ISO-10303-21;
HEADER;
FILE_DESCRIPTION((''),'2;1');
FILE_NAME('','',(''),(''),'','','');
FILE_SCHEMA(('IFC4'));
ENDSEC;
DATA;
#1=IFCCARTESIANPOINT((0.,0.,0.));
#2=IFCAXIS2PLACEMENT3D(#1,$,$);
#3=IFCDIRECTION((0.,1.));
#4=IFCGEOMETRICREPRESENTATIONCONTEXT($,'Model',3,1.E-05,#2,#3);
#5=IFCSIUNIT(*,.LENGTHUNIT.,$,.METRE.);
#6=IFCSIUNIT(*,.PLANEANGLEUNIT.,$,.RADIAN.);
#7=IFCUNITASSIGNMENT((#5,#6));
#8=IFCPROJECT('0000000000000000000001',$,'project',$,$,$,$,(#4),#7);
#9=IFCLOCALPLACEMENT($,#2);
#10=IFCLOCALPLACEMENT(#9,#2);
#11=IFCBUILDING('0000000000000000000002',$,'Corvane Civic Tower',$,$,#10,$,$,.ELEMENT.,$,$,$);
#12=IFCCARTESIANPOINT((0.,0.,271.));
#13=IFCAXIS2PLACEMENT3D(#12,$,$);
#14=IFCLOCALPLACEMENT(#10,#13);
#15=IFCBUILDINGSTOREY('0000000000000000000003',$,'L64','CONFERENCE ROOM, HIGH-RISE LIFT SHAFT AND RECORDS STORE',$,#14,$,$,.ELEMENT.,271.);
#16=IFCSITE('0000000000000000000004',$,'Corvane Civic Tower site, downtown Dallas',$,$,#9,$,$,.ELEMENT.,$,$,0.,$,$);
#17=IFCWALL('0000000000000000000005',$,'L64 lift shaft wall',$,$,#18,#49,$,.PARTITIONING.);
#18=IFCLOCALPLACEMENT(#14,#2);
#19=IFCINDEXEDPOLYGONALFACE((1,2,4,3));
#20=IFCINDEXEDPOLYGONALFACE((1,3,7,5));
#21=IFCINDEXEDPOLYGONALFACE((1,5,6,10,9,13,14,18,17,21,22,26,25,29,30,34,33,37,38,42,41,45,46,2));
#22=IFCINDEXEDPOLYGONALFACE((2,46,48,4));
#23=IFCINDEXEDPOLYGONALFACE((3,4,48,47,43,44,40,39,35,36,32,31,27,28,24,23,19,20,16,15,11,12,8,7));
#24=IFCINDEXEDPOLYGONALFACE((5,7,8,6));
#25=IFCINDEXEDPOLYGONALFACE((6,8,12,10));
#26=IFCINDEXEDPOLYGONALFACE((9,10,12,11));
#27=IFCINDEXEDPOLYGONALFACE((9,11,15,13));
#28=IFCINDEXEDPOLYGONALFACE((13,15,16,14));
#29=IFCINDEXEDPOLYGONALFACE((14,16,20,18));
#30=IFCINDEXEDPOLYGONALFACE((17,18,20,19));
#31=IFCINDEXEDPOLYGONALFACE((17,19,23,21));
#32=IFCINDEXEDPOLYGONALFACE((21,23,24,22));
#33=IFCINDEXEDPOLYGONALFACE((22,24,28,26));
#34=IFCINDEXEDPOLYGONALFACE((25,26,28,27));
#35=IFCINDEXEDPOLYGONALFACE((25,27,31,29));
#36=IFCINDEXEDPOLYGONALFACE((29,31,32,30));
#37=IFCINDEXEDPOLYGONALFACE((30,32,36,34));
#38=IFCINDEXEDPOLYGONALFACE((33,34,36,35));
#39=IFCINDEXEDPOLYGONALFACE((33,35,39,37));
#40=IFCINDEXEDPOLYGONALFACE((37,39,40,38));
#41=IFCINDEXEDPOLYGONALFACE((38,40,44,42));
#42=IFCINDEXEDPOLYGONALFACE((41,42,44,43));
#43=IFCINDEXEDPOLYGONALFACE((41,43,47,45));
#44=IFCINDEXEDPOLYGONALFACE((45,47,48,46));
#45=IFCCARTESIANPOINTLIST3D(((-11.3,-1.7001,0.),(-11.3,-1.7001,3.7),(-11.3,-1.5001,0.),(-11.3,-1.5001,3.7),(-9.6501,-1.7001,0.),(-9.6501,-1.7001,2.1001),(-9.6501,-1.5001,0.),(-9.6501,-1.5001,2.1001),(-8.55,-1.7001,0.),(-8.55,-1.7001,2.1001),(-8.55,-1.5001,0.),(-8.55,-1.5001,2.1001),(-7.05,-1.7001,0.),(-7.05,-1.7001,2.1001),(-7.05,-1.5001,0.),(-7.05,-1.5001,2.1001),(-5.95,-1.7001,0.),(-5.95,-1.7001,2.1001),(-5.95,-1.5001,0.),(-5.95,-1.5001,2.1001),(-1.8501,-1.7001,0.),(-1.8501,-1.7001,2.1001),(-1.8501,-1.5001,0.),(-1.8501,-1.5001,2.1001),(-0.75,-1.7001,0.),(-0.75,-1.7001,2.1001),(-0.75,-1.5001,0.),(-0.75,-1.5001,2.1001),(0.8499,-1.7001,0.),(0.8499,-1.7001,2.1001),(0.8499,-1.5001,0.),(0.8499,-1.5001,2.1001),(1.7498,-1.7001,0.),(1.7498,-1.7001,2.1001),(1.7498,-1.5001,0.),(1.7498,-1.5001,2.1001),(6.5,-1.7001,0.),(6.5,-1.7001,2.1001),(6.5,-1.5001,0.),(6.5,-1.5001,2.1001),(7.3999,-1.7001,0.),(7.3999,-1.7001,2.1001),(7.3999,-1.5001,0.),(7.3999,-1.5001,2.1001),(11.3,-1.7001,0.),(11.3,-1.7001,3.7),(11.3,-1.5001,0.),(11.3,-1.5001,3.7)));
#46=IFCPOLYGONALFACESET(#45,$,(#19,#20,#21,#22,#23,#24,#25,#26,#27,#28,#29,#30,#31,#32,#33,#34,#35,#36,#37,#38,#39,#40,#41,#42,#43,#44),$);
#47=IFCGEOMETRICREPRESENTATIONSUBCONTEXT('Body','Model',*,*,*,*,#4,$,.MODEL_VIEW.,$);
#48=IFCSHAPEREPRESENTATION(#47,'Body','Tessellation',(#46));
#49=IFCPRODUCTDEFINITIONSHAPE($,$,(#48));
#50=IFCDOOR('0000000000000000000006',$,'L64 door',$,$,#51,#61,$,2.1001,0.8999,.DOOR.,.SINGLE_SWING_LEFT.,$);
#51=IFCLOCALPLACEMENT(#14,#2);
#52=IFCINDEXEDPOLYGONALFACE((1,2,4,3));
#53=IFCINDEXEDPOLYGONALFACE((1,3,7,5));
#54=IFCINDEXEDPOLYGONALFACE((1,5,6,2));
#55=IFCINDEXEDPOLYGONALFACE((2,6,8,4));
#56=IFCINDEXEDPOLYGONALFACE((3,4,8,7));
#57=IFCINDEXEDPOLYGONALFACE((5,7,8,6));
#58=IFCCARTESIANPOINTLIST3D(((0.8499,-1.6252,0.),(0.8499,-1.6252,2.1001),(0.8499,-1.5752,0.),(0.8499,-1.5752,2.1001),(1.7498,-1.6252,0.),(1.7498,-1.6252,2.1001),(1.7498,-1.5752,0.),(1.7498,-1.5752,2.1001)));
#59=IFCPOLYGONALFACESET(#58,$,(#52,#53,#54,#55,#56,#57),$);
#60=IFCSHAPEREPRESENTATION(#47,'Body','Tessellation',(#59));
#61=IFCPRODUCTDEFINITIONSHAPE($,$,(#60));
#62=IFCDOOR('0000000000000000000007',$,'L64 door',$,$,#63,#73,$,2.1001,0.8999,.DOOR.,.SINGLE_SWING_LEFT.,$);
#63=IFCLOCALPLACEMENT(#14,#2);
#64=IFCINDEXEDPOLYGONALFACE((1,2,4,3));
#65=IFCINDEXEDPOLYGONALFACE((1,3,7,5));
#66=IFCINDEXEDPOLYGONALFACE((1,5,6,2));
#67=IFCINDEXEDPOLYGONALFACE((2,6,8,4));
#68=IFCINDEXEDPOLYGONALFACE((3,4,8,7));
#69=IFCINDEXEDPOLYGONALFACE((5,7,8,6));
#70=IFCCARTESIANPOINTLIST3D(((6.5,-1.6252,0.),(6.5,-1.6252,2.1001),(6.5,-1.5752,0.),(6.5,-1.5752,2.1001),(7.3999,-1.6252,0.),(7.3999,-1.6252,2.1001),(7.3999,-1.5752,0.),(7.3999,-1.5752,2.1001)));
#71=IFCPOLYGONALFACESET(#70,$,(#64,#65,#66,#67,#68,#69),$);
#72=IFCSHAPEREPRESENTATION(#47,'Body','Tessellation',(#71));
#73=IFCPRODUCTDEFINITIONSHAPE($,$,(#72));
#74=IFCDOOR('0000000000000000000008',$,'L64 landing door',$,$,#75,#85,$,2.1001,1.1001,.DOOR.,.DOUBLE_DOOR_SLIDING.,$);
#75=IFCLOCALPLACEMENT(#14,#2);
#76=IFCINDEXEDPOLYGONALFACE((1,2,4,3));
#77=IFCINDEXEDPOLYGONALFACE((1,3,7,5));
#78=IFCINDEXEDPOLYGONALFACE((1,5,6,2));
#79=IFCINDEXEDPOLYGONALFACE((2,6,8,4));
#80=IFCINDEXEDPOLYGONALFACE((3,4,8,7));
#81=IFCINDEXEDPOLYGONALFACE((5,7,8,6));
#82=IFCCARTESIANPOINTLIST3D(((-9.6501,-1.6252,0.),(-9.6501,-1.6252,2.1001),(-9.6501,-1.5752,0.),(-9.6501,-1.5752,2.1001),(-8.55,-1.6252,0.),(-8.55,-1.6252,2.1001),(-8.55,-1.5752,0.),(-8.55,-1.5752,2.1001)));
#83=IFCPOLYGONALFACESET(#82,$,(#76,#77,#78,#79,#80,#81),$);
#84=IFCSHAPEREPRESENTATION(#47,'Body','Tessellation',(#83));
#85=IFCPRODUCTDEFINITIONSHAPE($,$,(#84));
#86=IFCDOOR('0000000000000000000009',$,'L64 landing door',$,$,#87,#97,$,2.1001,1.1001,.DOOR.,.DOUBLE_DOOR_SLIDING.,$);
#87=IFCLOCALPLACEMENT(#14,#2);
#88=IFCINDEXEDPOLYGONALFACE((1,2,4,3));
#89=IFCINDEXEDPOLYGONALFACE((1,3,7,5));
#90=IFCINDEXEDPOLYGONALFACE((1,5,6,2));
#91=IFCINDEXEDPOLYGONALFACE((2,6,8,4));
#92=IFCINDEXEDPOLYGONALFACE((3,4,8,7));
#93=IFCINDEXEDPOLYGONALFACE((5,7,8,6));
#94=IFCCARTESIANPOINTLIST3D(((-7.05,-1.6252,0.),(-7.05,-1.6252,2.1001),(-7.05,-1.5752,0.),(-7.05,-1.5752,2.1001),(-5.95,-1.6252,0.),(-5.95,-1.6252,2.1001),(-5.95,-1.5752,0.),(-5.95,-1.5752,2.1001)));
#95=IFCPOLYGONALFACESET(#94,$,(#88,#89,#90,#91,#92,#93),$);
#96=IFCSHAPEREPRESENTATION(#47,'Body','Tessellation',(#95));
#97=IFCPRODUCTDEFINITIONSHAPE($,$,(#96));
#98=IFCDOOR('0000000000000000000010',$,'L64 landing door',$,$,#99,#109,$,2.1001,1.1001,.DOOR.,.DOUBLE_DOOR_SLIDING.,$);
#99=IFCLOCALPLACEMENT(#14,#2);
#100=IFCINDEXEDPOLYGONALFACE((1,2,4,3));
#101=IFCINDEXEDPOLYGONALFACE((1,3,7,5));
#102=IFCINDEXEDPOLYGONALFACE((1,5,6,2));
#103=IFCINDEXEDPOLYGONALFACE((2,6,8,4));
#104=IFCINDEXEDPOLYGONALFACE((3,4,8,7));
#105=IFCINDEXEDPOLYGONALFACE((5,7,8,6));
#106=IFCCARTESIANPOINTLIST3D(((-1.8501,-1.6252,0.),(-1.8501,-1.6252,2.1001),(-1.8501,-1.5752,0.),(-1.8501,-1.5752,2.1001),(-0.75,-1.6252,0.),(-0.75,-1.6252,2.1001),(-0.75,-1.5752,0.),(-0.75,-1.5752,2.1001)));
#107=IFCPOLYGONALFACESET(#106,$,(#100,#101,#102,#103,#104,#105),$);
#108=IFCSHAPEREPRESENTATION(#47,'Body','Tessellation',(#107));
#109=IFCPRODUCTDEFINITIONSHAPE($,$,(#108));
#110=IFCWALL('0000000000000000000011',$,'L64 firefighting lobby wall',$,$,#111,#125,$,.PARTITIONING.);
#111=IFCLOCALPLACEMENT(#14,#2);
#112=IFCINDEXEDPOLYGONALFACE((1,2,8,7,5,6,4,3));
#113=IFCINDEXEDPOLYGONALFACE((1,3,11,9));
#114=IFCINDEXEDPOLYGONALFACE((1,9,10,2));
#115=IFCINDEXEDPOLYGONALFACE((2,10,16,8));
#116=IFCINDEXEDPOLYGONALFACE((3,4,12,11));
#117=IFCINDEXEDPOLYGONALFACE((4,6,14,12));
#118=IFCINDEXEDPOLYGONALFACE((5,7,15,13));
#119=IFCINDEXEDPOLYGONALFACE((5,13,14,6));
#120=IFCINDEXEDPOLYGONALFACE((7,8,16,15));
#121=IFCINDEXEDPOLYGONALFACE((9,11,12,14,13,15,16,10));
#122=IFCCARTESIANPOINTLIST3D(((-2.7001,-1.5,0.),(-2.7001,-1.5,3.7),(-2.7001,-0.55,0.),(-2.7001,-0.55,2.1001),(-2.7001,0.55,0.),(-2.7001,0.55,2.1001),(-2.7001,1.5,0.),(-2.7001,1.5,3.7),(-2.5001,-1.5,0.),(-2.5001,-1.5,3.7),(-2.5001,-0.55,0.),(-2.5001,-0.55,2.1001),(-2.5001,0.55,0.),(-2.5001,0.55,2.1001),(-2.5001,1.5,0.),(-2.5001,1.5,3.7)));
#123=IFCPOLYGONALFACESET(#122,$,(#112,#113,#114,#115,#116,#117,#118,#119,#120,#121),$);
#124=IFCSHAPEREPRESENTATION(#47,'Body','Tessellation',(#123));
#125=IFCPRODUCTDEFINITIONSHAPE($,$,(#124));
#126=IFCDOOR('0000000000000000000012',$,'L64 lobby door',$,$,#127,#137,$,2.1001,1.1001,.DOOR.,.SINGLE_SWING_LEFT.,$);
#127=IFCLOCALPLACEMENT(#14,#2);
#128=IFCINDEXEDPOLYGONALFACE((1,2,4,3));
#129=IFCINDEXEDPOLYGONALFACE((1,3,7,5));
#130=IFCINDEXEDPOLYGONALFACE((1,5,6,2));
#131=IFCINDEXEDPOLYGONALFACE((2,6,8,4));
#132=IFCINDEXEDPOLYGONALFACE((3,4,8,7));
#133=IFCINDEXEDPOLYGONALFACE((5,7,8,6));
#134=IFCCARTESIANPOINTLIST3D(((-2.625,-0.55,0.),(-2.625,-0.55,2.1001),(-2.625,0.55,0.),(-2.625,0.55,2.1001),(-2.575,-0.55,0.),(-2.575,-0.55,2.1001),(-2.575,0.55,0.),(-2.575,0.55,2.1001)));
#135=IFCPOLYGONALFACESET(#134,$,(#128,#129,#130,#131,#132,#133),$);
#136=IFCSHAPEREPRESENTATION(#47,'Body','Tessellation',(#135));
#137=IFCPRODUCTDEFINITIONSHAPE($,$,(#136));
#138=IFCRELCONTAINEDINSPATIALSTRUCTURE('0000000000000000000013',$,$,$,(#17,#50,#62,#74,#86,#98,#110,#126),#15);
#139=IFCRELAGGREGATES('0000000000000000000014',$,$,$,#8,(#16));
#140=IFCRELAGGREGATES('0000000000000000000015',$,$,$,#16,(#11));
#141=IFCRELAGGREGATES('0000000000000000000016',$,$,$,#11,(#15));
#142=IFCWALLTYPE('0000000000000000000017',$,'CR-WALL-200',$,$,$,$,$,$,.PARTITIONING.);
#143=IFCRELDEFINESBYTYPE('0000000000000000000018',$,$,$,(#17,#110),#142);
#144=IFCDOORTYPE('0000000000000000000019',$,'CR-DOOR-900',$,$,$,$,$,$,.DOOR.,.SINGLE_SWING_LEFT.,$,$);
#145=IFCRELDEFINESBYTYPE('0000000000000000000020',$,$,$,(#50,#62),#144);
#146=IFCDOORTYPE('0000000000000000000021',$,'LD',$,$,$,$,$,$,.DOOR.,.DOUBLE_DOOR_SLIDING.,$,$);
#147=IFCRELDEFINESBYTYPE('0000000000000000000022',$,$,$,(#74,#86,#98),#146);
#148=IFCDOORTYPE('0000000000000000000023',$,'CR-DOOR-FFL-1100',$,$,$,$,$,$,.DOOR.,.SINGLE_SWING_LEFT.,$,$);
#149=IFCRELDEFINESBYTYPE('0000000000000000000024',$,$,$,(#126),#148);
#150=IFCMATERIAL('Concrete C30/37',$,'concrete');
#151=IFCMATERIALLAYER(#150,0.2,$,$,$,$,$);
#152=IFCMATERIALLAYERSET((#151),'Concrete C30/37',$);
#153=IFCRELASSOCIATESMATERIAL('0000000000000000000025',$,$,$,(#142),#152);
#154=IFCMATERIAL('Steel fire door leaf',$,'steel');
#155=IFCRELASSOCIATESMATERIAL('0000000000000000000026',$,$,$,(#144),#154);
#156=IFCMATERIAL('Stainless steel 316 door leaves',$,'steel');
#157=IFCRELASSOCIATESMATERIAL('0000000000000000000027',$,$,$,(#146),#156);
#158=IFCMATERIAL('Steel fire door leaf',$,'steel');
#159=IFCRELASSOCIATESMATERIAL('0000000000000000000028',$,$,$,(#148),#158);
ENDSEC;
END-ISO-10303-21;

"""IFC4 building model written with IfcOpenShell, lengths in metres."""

from ifc_helpers import new_model, si_unit, direction, frame, frame_2d, origin, place, context, subcontext, project, spatial, rectangle, extrude, material, layer, layer_set, type_object, element, fill, save


model = new_model("IFC4")

# Units and contexts
model_context = context("Model", 3, precision=1e-05, world=origin(), true_north=direction((0.0, 1.0)))
body_context = subcontext(model_context, "Body", "Model", "MODEL_VIEW")
ifc_project = project(units=[si_unit("LENGTHUNIT", "METRE"), si_unit("PLANEANGLEUNIT", "RADIAN")], contexts=[model_context])

# Site, building, storey
site_placement = place(None, origin())
site = spatial("IfcSite", under=ifc_project, at=site_placement, Name="Corvane Civic Tower site, downtown Dallas", CompositionType="ELEMENT", RefElevation=0.0)
building_placement = place(site_placement, origin())
building = spatial("IfcBuilding", under=site, at=building_placement, Name="Corvane Civic Tower", CompositionType="ELEMENT")
storey_placement = place(building_placement, frame((0.0, 0.0, 271.0)))
storey = spatial("IfcBuildingStorey", under=building, at=storey_placement, Name="L64", Description="CONFERENCE ROOM, HIGH-RISE LIFT SHAFT AND RECORDS STORE", CompositionType="ELEMENT", Elevation=271.0)

# Wall, openings, doors
ifc_material_1 = material(Name="Concrete C30/37", Category="concrete")
ifc_layer_1 = layer(ifc_material_1, 0.2)
ifc_layer_set_1 = layer_set([ifc_layer_1], Name="Concrete C30/37")
wall_type_1 = type_object("IfcWallType", Name="CR-WALL-200", PredefinedType="PARTITIONING", material=ifc_layer_set_1)
ifc_material_2 = material(Name="Steel fire door leaf", Category="steel")
door_type_1 = type_object("IfcDoorType", Name="CR-DOOR-900", OperationType="SINGLE_SWING_LEFT", PredefinedType="DOOR", material=ifc_material_2)
wall_1_placement = place(storey_placement, frame((-11.3, -1.6001, 0.0), z_axis=(0.0, 0.0, 1.0), x_axis=(1.0, 0.0, 0.0)))
wall_1 = element("IfcWall", 1, at=wall_1_placement, inside=storey, type_object=wall_type_1, Name="L64 lift shaft wall", PredefinedType="PARTITIONING", context=body_context, shape_type="SweptSolid", body=[
    extrude(rectangle(XDim=22.6001, YDim=0.2, at=frame_2d((11.3, 0.0))), origin(), (0.0, 0.0, 1.0), 3.7),
])
opening_1_placement = place(wall_1_placement, frame((1.6499, 0.0, 0.0)))
opening_1 = element("IfcOpeningElement", 2, at=opening_1_placement, cuts=wall_1, PredefinedType="OPENING", context=body_context, shape_type="SweptSolid", body=[
    extrude(rectangle(XDim=1.1001, YDim=2.1001, at=frame_2d((0.55, 1.05))), frame((0.0, 0.1099, 0.0), z_axis=(0.0, -1.0, 0.0), x_axis=(1.0, 0.0, 0.0)), (0.0, 0.0, 1.0), 0.22),
])
opening_2_placement = place(wall_1_placement, frame((4.25, 0.0, 0.0)))
opening_2 = element("IfcOpeningElement", 3, at=opening_2_placement, cuts=wall_1, PredefinedType="OPENING", context=body_context, shape_type="SweptSolid", body=[
    extrude(rectangle(XDim=1.1001, YDim=2.1001, at=frame_2d((0.55, 1.05))), frame((0.0, 0.1099, 0.0), z_axis=(0.0, -1.0, 0.0), x_axis=(1.0, 0.0, 0.0)), (0.0, 0.0, 1.0), 0.22),
])
opening_3_placement = place(wall_1_placement, frame((9.45, 0.0, 0.0)))
opening_3 = element("IfcOpeningElement", 4, at=opening_3_placement, cuts=wall_1, PredefinedType="OPENING", context=body_context, shape_type="SweptSolid", body=[
    extrude(rectangle(XDim=1.1001, YDim=2.1001, at=frame_2d((0.55, 1.05))), frame((0.0, 0.1099, 0.0), z_axis=(0.0, -1.0, 0.0), x_axis=(1.0, 0.0, 0.0)), (0.0, 0.0, 1.0), 0.22),
])
opening_4_placement = place(wall_1_placement, frame((12.1499, 0.0, 0.0)))
opening_4 = element("IfcOpeningElement", 5, at=opening_4_placement, cuts=wall_1, PredefinedType="OPENING", context=body_context, shape_type="SweptSolid", body=[
    extrude(rectangle(XDim=0.8999, YDim=2.1001, at=frame_2d((0.45, 1.05))), frame((0.0, 0.1099, 0.0), z_axis=(0.0, -1.0, 0.0), x_axis=(1.0, 0.0, 0.0)), (0.0, 0.0, 1.0), 0.22),
])
opening_5_placement = place(wall_1_placement, frame((17.8, 0.0, 0.0)))
opening_5 = element("IfcOpeningElement", 6, at=opening_5_placement, cuts=wall_1, PredefinedType="OPENING", context=body_context, shape_type="SweptSolid", body=[
    extrude(rectangle(XDim=0.8999, YDim=2.1001, at=frame_2d((0.45, 1.05))), frame((0.0, 0.1099, 0.0), z_axis=(0.0, -1.0, 0.0), x_axis=(1.0, 0.0, 0.0)), (0.0, 0.0, 1.0), 0.22),
])
door_1_placement = place(opening_4_placement, origin())
door_1 = element("IfcDoor", 7, at=door_1_placement, inside=storey, type_object=door_type_1, Name="L64 door", OperationType="SINGLE_SWING_LEFT", OverallHeight=2.1001, OverallWidth=0.8999, PredefinedType="DOOR", context=body_context, shape_type="SweptSolid", body=[
    extrude(rectangle(XDim=0.8999, YDim=2.1001, at=frame_2d((0.45, 1.05))), frame((0.0, 0.0249, 0.0), z_axis=(0.0, -1.0, 0.0), x_axis=(1.0, 0.0, 0.0)), (0.0, 0.0, 1.0), 0.05),
])
fill(opening_4, door_1)
door_2_placement = place(opening_5_placement, origin())
door_2 = element("IfcDoor", 8, at=door_2_placement, inside=storey, type_object=door_type_1, Name="L64 door", OperationType="SINGLE_SWING_LEFT", OverallHeight=2.1001, OverallWidth=0.8999, PredefinedType="DOOR", context=body_context, shape_type="SweptSolid", body=[
    extrude(rectangle(XDim=0.8999, YDim=2.1001, at=frame_2d((0.45, 1.05))), frame((0.0, 0.0249, 0.0), z_axis=(0.0, -1.0, 0.0), x_axis=(1.0, 0.0, 0.0)), (0.0, 0.0, 1.0), 0.05),
])
fill(opening_5, door_2)
ifc_material_3 = material(Name="Stainless steel 316 door leaves", Category="steel")
door_type_2 = type_object("IfcDoorType", Name="LD", OperationType="DOUBLE_DOOR_SLIDING", PredefinedType="DOOR", material=ifc_material_3)
door_3_placement = place(opening_1_placement, origin())
door_3 = element("IfcDoor", 9, at=door_3_placement, inside=storey, type_object=door_type_2, Name="L64 landing door", OperationType="DOUBLE_DOOR_SLIDING", OverallHeight=2.1001, OverallWidth=1.1001, PredefinedType="DOOR", context=body_context, shape_type="SweptSolid", body=[
    extrude(rectangle(XDim=1.1001, YDim=2.1001, at=frame_2d((0.55, 1.05))), frame((0.0, 0.0249, 0.0), z_axis=(0.0, -1.0, 0.0), x_axis=(1.0, 0.0, 0.0)), (0.0, 0.0, 1.0), 0.05),
])
fill(opening_1, door_3)
door_4_placement = place(opening_2_placement, origin())
door_4 = element("IfcDoor", 10, at=door_4_placement, inside=storey, type_object=door_type_2, Name="L64 landing door", OperationType="DOUBLE_DOOR_SLIDING", OverallHeight=2.1001, OverallWidth=1.1001, PredefinedType="DOOR", context=body_context, shape_type="SweptSolid", body=[
    extrude(rectangle(XDim=1.1001, YDim=2.1001, at=frame_2d((0.55, 1.05))), frame((0.0, 0.0249, 0.0), z_axis=(0.0, -1.0, 0.0), x_axis=(1.0, 0.0, 0.0)), (0.0, 0.0, 1.0), 0.05),
])
fill(opening_2, door_4)
door_5_placement = place(opening_3_placement, origin())
door_5 = element("IfcDoor", 11, at=door_5_placement, inside=storey, type_object=door_type_2, Name="L64 landing door", OperationType="DOUBLE_DOOR_SLIDING", OverallHeight=2.1001, OverallWidth=1.1001, PredefinedType="DOOR", context=body_context, shape_type="SweptSolid", body=[
    extrude(rectangle(XDim=1.1001, YDim=2.1001, at=frame_2d((0.55, 1.05))), frame((0.0, 0.0249, 0.0), z_axis=(0.0, -1.0, 0.0), x_axis=(1.0, 0.0, 0.0)), (0.0, 0.0, 1.0), 0.05),
])
fill(opening_3, door_5)

# Wall, opening, door
wall_2_placement = place(storey_placement, frame((-2.6001, -1.5, 0.0), z_axis=(0.0, 0.0, 1.0), x_axis=(0.0, 1.0, 0.0)))
wall_2 = element("IfcWall", 12, at=wall_2_placement, inside=storey, type_object=wall_type_1, Name="L64 firefighting lobby wall", PredefinedType="PARTITIONING", context=body_context, shape_type="SweptSolid", body=[
    extrude(rectangle(XDim=3.0, YDim=0.2, at=frame_2d((1.5, 0.0))), origin(), (0.0, 0.0, 1.0), 3.7),
])
opening_6_placement = place(wall_2_placement, frame((0.95, 0.0, 0.0)))
opening_6 = element("IfcOpeningElement", 13, at=opening_6_placement, cuts=wall_2, PredefinedType="OPENING", context=body_context, shape_type="SweptSolid", body=[
    extrude(rectangle(XDim=1.1001, YDim=2.1001, at=frame_2d((0.55, 1.05))), frame((0.0, 0.1099, 0.0), z_axis=(0.0, -1.0, 0.0), x_axis=(1.0, 0.0, 0.0)), (0.0, 0.0, 1.0), 0.22),
])
ifc_material_4 = material(Name="Steel fire door leaf", Category="steel")
door_type_3 = type_object("IfcDoorType", Name="CR-DOOR-FFL-1100", OperationType="SINGLE_SWING_LEFT", PredefinedType="DOOR", material=ifc_material_4)
door_6_placement = place(opening_6_placement, origin())
door_6 = element("IfcDoor", 14, at=door_6_placement, inside=storey, type_object=door_type_3, Name="L64 lobby door", OperationType="SINGLE_SWING_LEFT", OverallHeight=2.1001, OverallWidth=1.1001, PredefinedType="DOOR", context=body_context, shape_type="SweptSolid", body=[
    extrude(rectangle(XDim=1.1001, YDim=2.1001, at=frame_2d((0.55, 1.05))), frame((0.0, 0.0249, 0.0), z_axis=(0.0, -1.0, 0.0), x_axis=(1.0, 0.0, 0.0)), (0.0, 0.0, 1.0), 0.05),
])
fill(opening_6, door_6)

save(model, "model.ifc")
